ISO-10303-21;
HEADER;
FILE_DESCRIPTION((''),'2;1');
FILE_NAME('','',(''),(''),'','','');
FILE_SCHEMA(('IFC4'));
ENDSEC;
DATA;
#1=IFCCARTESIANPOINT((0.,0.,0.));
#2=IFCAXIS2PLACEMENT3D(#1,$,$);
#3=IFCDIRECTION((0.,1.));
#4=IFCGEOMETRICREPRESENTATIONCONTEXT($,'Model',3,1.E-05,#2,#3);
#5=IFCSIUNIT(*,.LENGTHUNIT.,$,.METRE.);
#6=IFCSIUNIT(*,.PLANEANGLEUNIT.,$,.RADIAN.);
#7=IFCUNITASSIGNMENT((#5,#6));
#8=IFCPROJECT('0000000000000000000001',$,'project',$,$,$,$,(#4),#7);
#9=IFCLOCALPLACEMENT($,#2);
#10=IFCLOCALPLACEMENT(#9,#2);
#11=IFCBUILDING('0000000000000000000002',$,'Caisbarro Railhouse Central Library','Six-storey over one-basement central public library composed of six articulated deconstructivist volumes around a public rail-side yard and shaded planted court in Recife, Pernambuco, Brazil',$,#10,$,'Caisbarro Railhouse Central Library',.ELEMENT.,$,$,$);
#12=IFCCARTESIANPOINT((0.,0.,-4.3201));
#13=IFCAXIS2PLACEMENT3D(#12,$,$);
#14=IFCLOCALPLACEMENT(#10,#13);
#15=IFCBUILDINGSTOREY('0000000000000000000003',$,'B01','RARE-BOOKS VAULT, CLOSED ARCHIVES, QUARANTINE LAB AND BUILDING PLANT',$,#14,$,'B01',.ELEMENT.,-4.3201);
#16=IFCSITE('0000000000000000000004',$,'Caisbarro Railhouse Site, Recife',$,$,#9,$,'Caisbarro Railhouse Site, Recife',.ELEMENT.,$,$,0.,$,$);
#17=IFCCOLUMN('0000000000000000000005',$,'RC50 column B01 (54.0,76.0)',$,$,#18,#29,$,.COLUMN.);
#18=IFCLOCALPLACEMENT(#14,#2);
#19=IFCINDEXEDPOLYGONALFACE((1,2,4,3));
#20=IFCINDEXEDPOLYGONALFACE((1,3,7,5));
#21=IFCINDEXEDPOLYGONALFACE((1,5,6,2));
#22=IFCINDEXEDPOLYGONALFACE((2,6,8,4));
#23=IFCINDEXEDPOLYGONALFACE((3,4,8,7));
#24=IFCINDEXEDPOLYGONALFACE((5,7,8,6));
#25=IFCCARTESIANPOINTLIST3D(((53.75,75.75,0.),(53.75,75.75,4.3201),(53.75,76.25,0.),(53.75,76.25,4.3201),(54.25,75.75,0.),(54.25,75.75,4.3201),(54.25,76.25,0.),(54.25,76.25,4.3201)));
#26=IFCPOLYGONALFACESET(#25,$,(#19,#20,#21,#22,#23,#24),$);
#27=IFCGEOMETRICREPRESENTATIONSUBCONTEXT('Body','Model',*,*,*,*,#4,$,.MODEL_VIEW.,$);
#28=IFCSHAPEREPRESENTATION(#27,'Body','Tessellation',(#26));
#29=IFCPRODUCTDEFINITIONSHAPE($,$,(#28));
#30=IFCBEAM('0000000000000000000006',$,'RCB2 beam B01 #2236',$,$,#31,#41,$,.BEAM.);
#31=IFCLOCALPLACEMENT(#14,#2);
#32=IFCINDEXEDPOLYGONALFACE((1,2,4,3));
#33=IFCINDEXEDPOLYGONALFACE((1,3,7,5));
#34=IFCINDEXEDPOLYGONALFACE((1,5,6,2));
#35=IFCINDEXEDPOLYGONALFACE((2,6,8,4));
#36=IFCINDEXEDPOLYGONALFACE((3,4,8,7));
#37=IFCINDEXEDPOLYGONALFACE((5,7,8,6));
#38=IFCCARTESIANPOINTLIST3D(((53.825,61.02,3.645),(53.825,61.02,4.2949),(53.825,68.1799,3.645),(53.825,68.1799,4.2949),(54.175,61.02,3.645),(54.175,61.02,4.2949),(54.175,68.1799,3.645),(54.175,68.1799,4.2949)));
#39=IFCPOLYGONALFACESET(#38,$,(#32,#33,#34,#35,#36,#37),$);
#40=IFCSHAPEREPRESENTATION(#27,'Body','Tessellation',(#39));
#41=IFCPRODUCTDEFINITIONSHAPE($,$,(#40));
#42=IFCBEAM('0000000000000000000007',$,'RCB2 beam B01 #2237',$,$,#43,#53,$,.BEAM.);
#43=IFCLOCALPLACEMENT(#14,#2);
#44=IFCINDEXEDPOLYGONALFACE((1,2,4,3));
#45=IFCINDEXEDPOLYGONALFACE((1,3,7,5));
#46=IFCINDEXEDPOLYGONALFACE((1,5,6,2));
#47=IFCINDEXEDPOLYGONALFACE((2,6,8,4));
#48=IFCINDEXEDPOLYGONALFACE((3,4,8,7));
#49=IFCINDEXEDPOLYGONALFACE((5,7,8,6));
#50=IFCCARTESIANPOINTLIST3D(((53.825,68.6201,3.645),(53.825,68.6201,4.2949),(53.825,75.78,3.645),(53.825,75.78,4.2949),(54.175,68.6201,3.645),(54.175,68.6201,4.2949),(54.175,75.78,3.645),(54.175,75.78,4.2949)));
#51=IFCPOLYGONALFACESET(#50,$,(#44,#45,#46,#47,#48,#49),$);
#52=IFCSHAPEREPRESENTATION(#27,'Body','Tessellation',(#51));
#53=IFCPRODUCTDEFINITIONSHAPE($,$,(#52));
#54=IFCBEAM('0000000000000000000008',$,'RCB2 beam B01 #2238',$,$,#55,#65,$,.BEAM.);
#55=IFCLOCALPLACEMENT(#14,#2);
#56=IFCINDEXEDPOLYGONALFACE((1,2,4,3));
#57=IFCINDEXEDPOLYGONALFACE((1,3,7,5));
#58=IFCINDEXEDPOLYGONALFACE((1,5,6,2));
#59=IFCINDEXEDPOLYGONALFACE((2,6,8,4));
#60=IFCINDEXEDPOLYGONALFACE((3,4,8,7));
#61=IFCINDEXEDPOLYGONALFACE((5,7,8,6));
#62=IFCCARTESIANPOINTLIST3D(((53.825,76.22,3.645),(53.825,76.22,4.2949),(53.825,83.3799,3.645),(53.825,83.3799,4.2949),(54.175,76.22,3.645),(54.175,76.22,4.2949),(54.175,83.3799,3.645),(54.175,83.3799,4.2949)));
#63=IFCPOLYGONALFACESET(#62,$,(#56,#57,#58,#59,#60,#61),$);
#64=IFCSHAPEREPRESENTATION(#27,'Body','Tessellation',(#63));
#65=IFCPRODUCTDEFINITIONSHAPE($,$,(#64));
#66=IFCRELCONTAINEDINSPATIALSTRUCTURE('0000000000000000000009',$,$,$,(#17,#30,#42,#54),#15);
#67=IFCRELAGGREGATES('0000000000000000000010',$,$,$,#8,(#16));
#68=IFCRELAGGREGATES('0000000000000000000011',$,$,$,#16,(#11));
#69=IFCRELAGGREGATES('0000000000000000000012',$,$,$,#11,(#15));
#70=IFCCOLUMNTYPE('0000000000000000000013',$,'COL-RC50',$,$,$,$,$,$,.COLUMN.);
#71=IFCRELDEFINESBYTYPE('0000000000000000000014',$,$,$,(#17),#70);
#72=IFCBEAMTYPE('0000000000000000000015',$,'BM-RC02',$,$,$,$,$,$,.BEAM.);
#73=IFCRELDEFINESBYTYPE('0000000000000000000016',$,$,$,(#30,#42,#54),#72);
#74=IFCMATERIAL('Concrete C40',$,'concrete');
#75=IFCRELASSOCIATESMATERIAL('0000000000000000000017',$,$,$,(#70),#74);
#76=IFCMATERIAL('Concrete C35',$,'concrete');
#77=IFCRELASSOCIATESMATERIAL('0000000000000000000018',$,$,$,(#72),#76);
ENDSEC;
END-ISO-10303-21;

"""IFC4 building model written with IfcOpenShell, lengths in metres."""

from ifc_helpers import new_model, si_unit, direction, frame, origin, origin_2d, place, context, subcontext, project, spatial, rectangle, extrude, material, material_profile, profile_set, type_object, element, save


model = new_model("IFC4")

# Units and contexts
model_context = context("Model", 3, precision=1e-05, world=origin(), true_north=direction((0.0, 1.0)))
body_context = subcontext(model_context, "Body", "Model", "MODEL_VIEW")
ifc_project = project(units=[si_unit("LENGTHUNIT", "METRE"), si_unit("PLANEANGLEUNIT", "RADIAN")], contexts=[model_context])

# Site, building, storey
site_placement = place(None, origin())
site = spatial("IfcSite", under=ifc_project, at=site_placement, Name="Caisbarro Railhouse Site, Recife", LongName="Caisbarro Railhouse Site, Recife", CompositionType="ELEMENT", RefElevation=0.0)
building_placement = place(site_placement, origin())
building = spatial("IfcBuilding", under=site, at=building_placement, Name="Caisbarro Railhouse Central Library", Description="Six-storey over one-basement central public library composed of six articulated deconstructivist volumes around a public rail-side yard and shaded planted court in Recife, Pernambuco, Brazil", LongName="Caisbarro Railhouse Central Library", CompositionType="ELEMENT")
storey_placement = place(building_placement, frame((0.0, 0.0, -4.3201)))
storey = spatial("IfcBuildingStorey", under=building, at=storey_placement, Name="B01", Description="RARE-BOOKS VAULT, CLOSED ARCHIVES, QUARANTINE LAB AND BUILDING PLANT", LongName="B01", CompositionType="ELEMENT", Elevation=-4.3201)

# Shared definitions
ifc_material_1 = material(Name="Concrete C35", Category="concrete")
ifc_material_2 = material(Name="Concrete C40", Category="concrete")

# Column
ifc_material_profile_1 = material_profile(ifc_material_2, rectangle(XDim=0.5, YDim=0.5, at=origin_2d()), Name="RC-COL-500X500")
ifc_profile_set_1 = profile_set([ifc_material_profile_1], Name="Concrete C40")
column_type = type_object("IfcColumnType", Name="COL-RC50", PredefinedType="COLUMN", material=ifc_profile_set_1)
for number, where, z_axis, x_axis, name in (
    (1, (54.0, 76.0, 0.0), (0.0, 0.0, 1.0), (1.0, 0.0, 0.0), "RC50 column B01 (54.0,76.0)"),
):
    element("IfcColumn", number, at=place(storey_placement, frame(where, z_axis=z_axis, x_axis=x_axis)), inside=storey, type_object=column_type, Name=name, PredefinedType="COLUMN", context=body_context, shape_type="SweptSolid", body=[
        extrude(rectangle(XDim=0.5, YDim=0.5, at=origin_2d()), origin(), (0.0, 0.0, 1.0), 4.3201),
    ])

# Beams
ifc_material_profile_2 = material_profile(ifc_material_1, rectangle(XDim=0.3501, YDim=0.6499, at=origin_2d()), Name="RC-BM-350X650")
ifc_profile_set_2 = profile_set([ifc_material_profile_2], Name="Concrete C35")
beam_type = type_object("IfcBeamType", Name="BM-RC02", PredefinedType="BEAM", material=ifc_profile_set_2)
for number, where, z_axis, x_axis, name in (
    (2, (54.0, 61.02, 3.97), (0.0, 1.0, 0.0), (-1.0, 0.0, 0.0), "RCB2 beam B01 #2236"),
    (3, (54.0, 68.6201, 3.97), (0.0, 1.0, 0.0), (-1.0, 0.0, 0.0), "RCB2 beam B01 #2237"),
    (4, (54.0, 76.22, 3.97), (0.0, 1.0, 0.0), (-1.0, 0.0, 0.0), "RCB2 beam B01 #2238"),
):
    element("IfcBeam", number, at=place(storey_placement, frame(where, z_axis=z_axis, x_axis=x_axis)), inside=storey, type_object=beam_type, Name=name, PredefinedType="BEAM", context=body_context, shape_type="SweptSolid", body=[
        extrude(rectangle(XDim=0.3501, YDim=0.6499, at=origin_2d()), origin(), (0.0, 0.0, 1.0), 7.1599),
    ])

save(model, "model.ifc")
